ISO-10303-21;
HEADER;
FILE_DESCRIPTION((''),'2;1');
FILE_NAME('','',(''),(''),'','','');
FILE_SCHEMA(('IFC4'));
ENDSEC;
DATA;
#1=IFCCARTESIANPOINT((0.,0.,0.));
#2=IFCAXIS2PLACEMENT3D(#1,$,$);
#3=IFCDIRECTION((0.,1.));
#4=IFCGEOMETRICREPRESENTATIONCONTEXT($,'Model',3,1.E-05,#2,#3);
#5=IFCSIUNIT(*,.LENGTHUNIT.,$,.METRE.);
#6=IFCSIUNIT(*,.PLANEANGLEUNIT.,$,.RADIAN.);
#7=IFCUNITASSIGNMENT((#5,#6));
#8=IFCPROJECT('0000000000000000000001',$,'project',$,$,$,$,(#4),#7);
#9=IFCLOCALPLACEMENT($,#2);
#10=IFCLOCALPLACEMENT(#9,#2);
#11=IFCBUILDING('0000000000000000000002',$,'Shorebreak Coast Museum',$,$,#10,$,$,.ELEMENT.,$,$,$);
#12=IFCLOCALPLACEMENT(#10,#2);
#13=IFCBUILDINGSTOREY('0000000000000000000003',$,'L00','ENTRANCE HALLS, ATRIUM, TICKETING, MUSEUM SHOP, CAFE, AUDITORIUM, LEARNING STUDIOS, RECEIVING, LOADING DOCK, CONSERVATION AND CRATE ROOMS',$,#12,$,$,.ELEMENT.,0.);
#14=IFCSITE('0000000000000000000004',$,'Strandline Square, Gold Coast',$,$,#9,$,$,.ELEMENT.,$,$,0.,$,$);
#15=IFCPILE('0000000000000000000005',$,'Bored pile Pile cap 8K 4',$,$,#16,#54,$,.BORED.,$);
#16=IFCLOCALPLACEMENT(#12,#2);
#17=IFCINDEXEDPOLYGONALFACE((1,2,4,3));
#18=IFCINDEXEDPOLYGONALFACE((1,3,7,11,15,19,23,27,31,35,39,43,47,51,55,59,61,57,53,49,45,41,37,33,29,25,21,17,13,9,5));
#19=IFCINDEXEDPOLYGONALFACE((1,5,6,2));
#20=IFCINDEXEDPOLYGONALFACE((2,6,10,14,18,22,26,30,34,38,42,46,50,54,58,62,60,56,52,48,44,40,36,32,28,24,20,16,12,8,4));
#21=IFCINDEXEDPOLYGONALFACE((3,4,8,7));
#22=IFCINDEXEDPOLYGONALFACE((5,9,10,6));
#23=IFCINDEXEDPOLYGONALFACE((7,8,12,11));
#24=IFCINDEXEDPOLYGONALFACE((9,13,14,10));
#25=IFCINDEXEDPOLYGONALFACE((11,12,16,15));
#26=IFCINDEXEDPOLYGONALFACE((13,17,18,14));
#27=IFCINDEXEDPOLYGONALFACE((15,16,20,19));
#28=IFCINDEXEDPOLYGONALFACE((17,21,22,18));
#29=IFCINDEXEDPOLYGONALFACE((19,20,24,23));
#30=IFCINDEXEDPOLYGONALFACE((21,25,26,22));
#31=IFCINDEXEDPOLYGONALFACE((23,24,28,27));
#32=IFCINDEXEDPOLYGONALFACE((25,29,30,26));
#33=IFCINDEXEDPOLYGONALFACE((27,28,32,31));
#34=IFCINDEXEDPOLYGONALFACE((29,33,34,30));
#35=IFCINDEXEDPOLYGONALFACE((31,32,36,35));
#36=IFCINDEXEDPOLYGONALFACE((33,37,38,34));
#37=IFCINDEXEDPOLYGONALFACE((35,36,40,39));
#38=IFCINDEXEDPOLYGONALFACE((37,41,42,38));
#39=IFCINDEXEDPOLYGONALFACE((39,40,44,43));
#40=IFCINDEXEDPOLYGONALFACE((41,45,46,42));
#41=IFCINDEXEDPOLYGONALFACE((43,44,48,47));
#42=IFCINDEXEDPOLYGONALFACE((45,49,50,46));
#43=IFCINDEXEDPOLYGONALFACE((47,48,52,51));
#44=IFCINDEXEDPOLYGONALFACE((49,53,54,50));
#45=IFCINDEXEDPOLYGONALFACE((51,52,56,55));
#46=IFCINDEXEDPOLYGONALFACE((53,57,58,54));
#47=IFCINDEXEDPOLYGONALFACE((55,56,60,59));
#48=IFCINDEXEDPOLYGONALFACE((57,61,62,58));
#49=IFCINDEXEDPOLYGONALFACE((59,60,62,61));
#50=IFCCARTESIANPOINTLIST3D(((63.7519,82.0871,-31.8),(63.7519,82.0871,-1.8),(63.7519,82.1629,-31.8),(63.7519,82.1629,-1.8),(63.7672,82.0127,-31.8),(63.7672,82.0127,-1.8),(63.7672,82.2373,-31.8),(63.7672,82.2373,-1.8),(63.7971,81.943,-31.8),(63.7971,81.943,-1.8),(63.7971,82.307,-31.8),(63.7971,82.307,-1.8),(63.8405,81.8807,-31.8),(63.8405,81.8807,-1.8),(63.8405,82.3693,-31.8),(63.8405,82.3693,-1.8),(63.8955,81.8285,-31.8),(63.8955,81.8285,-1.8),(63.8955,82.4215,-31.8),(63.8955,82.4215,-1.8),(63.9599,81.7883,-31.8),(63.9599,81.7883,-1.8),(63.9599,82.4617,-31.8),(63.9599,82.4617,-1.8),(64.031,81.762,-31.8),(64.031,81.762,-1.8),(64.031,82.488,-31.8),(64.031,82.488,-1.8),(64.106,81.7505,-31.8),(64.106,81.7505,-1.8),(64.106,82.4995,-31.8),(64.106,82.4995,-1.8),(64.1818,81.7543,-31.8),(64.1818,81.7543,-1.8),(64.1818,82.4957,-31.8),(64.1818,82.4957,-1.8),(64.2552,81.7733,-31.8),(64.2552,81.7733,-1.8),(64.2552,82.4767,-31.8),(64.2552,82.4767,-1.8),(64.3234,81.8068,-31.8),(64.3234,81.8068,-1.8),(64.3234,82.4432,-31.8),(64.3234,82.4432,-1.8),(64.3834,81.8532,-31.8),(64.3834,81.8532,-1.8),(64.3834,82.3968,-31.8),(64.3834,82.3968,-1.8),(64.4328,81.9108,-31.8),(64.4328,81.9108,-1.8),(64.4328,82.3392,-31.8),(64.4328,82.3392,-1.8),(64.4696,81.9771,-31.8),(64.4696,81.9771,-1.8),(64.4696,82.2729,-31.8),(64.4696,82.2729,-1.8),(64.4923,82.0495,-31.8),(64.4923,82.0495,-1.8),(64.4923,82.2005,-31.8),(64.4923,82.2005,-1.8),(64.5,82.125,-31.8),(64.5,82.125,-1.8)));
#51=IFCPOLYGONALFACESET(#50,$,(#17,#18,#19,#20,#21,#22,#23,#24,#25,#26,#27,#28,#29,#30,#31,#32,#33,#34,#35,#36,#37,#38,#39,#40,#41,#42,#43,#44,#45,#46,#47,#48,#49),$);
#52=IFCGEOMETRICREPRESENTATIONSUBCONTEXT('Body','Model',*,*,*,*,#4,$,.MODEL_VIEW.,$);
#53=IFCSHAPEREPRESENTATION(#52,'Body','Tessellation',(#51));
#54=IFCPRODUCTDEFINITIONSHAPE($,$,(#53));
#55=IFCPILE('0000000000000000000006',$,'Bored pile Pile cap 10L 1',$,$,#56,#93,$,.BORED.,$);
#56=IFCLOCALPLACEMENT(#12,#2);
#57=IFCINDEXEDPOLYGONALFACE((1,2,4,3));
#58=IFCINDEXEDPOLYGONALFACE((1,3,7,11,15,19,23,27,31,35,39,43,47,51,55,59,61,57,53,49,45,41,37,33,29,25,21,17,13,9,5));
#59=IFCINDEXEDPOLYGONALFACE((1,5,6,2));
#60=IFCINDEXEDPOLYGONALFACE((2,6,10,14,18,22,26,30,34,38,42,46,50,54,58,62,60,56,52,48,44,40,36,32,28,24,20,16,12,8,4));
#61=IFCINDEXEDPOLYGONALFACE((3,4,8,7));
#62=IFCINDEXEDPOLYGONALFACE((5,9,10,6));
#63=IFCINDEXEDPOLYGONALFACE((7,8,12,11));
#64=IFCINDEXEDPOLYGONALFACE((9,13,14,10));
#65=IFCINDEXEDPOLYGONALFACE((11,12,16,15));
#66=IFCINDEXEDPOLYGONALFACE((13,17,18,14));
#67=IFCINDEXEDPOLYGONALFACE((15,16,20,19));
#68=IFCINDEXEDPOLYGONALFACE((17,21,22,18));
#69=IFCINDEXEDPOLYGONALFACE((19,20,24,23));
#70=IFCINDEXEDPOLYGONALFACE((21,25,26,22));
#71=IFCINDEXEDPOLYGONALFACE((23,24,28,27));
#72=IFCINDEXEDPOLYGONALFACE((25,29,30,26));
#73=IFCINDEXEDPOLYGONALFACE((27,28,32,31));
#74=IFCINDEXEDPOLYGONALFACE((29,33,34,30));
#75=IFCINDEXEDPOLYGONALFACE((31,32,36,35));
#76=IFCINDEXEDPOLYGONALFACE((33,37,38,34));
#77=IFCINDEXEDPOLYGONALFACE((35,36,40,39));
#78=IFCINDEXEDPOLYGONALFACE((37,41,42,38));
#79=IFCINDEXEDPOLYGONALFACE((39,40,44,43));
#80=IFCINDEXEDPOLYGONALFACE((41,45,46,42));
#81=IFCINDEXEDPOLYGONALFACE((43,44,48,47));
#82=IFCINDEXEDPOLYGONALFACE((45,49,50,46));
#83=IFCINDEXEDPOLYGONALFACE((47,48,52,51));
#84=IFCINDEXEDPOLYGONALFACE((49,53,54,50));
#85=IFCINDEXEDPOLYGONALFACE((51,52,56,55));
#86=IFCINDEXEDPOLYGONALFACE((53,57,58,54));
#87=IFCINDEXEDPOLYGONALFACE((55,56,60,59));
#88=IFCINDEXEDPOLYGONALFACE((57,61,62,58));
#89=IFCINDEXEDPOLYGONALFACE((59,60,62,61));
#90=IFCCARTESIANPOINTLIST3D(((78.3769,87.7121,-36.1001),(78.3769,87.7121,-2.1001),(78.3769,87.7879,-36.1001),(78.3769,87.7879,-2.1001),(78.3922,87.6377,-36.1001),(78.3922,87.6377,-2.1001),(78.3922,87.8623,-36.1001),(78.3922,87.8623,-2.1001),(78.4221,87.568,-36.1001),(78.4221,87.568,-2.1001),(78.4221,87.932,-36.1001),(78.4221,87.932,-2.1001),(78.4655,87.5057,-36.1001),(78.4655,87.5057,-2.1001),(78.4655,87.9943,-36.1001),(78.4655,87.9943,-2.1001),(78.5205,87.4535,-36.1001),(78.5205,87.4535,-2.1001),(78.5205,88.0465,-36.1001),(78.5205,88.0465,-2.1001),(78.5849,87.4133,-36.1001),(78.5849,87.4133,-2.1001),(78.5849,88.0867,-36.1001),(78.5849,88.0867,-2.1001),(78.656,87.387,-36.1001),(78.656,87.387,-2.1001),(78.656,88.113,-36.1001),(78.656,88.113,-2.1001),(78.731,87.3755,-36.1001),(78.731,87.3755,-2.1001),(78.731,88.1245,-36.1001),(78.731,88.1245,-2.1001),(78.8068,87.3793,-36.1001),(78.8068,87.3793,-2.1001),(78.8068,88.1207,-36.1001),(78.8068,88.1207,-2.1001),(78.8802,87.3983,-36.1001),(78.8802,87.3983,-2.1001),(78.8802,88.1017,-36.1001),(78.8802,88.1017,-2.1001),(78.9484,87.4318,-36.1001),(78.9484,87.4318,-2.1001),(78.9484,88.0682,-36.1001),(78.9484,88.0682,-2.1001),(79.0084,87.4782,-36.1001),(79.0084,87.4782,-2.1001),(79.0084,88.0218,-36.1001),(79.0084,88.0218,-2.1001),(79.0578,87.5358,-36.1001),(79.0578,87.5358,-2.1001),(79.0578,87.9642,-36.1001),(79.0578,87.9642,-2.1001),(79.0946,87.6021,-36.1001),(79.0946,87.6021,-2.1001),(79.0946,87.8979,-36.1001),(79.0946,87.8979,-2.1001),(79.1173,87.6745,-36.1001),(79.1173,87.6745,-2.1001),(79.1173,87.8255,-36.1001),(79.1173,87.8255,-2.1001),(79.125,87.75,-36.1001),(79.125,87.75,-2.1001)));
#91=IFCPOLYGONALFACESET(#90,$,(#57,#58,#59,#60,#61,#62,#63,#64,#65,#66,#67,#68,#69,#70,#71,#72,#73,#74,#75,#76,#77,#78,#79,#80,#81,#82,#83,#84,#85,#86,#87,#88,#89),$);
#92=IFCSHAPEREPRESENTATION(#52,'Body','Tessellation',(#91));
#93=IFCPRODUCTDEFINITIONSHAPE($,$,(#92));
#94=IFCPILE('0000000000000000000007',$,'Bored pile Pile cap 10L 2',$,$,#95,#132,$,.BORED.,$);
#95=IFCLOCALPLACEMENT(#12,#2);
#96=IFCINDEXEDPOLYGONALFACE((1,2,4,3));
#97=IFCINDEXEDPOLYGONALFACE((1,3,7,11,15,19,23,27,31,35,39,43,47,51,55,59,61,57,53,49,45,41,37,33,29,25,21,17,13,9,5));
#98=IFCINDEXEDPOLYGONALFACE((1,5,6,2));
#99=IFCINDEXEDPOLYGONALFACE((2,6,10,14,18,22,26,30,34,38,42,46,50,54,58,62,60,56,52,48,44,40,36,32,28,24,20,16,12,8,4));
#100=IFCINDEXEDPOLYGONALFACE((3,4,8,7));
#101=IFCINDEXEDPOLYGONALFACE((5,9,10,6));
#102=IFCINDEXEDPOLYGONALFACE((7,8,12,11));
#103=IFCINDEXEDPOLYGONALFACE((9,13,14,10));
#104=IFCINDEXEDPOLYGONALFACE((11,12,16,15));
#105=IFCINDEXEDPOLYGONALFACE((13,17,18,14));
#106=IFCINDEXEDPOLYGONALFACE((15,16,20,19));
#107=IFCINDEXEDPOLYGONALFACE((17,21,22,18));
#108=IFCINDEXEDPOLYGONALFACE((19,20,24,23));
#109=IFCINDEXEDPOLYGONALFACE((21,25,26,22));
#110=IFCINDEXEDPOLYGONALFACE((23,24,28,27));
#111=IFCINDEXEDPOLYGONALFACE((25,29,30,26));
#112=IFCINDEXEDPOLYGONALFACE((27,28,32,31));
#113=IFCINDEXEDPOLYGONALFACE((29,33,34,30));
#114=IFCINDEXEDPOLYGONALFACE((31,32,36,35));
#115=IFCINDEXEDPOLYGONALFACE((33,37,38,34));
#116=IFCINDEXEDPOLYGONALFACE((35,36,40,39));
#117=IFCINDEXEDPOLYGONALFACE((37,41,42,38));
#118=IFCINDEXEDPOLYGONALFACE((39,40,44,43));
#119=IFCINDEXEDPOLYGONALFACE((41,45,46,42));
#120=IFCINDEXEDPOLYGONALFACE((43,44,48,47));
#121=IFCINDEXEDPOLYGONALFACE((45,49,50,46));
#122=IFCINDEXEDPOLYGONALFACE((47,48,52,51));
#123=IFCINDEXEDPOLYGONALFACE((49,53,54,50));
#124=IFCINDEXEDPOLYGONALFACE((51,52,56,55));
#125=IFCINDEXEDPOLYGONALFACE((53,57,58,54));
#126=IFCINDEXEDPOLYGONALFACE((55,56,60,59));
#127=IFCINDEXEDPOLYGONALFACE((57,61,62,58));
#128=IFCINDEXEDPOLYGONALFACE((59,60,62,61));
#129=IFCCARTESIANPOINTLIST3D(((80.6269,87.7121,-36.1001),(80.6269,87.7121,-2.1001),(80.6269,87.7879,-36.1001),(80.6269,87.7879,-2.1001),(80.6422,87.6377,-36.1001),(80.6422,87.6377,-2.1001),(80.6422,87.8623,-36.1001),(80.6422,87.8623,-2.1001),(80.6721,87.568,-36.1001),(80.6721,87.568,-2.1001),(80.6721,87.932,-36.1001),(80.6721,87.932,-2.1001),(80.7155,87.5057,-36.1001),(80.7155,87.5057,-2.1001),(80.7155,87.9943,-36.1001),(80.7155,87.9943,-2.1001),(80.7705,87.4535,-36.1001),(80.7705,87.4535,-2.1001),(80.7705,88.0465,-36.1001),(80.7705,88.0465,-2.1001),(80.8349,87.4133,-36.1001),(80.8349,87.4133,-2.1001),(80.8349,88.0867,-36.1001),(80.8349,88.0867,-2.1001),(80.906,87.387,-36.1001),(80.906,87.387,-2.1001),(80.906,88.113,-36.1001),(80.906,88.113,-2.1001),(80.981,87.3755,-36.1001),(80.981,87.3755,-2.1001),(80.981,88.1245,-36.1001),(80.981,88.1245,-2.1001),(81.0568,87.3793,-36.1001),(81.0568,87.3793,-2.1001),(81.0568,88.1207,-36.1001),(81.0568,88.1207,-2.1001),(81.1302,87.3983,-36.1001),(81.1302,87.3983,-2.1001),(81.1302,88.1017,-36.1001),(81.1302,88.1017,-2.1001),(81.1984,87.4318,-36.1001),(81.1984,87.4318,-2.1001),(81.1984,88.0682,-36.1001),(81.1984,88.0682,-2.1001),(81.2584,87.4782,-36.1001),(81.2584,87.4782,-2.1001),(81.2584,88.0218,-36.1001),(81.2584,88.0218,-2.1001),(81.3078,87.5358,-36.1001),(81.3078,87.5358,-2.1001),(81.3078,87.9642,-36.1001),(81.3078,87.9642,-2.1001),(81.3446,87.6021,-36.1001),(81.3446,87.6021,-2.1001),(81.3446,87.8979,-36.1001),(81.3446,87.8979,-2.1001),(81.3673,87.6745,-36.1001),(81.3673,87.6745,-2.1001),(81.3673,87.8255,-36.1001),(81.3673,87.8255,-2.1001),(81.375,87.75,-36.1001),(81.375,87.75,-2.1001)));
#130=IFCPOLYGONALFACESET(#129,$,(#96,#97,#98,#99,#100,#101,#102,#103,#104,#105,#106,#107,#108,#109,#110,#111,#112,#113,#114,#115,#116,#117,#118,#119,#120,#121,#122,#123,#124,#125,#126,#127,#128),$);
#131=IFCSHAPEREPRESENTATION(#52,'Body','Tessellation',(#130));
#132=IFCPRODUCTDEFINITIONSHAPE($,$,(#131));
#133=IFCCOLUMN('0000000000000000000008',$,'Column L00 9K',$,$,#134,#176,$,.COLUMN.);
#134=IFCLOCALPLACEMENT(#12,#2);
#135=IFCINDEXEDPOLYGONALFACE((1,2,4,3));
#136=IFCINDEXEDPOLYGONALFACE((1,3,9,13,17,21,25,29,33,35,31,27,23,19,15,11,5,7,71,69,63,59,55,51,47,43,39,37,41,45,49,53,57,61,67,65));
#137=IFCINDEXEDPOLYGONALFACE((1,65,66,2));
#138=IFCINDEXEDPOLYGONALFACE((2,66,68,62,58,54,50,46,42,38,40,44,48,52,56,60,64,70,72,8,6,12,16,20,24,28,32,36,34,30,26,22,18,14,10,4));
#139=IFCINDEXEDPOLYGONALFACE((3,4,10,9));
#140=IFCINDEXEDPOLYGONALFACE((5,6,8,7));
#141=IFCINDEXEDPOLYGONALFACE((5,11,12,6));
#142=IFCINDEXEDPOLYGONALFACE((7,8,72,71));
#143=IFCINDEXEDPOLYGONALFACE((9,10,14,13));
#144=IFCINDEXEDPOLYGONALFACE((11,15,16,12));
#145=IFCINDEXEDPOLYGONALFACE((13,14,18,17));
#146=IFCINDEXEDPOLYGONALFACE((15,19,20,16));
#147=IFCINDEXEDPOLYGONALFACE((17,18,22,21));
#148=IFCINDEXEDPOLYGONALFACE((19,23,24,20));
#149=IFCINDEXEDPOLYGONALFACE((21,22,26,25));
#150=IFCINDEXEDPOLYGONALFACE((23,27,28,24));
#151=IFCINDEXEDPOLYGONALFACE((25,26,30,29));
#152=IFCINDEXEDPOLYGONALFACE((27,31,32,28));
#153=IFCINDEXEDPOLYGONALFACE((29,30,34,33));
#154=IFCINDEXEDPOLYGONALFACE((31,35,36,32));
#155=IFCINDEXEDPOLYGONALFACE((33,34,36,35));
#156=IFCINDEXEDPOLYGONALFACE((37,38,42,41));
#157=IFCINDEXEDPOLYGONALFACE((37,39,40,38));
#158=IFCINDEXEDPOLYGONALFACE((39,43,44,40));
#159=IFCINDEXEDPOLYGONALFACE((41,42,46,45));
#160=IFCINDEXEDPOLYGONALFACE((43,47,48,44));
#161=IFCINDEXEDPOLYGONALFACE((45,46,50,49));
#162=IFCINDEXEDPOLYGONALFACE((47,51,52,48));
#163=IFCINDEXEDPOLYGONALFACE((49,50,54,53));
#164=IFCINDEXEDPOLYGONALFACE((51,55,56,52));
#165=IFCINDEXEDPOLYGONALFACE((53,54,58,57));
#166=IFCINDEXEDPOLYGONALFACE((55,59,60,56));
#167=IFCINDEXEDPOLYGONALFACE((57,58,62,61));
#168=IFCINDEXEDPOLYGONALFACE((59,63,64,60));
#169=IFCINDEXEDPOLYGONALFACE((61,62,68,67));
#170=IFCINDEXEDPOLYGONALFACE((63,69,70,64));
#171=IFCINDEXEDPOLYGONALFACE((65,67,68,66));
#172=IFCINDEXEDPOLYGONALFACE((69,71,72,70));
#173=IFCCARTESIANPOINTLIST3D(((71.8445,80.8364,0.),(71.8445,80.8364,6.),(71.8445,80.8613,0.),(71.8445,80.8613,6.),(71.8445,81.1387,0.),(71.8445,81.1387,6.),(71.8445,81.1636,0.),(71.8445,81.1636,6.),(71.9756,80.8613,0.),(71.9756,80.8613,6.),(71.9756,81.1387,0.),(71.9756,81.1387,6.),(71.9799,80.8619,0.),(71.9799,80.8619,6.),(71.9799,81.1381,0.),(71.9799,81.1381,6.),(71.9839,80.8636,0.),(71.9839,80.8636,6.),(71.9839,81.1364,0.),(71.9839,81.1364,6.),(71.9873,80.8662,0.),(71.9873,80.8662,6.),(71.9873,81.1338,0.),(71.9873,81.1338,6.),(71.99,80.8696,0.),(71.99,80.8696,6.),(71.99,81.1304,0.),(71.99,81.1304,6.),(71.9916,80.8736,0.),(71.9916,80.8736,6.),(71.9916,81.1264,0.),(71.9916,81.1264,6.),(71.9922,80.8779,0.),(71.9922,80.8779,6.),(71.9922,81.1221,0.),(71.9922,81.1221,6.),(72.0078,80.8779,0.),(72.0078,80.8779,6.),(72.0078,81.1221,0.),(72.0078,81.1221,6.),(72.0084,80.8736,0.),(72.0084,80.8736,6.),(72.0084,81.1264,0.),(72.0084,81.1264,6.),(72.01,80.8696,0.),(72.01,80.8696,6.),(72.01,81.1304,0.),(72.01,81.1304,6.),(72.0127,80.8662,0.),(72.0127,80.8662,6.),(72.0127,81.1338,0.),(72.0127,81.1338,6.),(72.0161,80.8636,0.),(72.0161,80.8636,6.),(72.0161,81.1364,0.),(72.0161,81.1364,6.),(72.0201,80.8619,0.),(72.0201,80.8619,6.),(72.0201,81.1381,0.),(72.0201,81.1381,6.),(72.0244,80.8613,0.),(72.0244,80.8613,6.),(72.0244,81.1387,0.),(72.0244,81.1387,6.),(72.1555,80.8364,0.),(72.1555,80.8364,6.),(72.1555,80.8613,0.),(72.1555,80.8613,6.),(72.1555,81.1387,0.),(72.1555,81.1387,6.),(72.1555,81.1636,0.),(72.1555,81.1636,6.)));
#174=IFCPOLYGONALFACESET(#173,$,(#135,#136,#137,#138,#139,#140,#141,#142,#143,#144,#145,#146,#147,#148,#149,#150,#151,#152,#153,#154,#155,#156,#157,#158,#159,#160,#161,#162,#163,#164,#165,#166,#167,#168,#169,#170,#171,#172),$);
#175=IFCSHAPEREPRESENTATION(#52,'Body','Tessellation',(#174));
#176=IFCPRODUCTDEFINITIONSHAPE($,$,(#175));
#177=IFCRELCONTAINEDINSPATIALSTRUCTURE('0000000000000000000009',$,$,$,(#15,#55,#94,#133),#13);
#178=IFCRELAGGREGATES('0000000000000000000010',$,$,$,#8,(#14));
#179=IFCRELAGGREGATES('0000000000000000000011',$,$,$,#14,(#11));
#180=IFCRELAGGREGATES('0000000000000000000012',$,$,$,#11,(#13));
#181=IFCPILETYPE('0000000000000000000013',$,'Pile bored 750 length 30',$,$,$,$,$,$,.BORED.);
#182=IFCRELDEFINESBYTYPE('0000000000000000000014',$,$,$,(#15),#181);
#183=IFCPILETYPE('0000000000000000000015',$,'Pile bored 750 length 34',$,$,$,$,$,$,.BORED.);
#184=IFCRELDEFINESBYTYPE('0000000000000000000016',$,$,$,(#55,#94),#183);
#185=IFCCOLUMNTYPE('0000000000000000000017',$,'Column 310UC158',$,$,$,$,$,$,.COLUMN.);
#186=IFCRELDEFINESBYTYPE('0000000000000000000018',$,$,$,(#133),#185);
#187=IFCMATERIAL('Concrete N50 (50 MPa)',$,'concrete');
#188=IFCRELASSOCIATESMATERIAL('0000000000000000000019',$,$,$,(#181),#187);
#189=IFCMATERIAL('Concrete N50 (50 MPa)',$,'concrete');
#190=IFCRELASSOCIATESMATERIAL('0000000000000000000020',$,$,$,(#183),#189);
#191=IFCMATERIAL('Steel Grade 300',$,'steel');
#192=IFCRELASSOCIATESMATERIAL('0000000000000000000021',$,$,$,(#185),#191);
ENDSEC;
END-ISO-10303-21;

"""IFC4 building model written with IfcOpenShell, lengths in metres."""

from ifc_helpers import new_model, si_unit, direction, frame, origin, origin_2d, place, context, subcontext, project, spatial, circle, i_section, extrude, material, material_profile, profile_set, type_object, element, save


model = new_model("IFC4")

# Units and contexts
model_context = context("Model", 3, precision=1e-05, world=origin(), true_north=direction((0.0, 1.0)))
body_context = subcontext(model_context, "Body", "Model", "MODEL_VIEW")
ifc_project = project(units=[si_unit("LENGTHUNIT", "METRE"), si_unit("PLANEANGLEUNIT", "RADIAN")], contexts=[model_context])

# Site, building, storey
site_placement = place(None, origin())
site = spatial("IfcSite", under=ifc_project, at=site_placement, Name="Strandline Square, Gold Coast", CompositionType="ELEMENT", RefElevation=0.0)
building_placement = place(site_placement, origin())
building = spatial("IfcBuilding", under=site, at=building_placement, Name="Shorebreak Coast Museum", CompositionType="ELEMENT")
storey_placement = place(building_placement, origin())
storey = spatial("IfcBuildingStorey", under=building, at=storey_placement, Name="L00", Description="ENTRANCE HALLS, ATRIUM, TICKETING, MUSEUM SHOP, CAFE, AUDITORIUM, LEARNING STUDIOS, RECEIVING, LOADING DOCK, CONSERVATION AND CRATE ROOMS", CompositionType="ELEMENT", Elevation=0.0)

# Piles
ifc_material_1 = material(Name="Concrete N50 (50 MPa)", Category="concrete")
ifc_material_profile_1 = material_profile(ifc_material_1, circle(Radius=0.375, at=origin_2d()), Name="Pile bored 750 length 30")
ifc_profile_set_1 = profile_set([ifc_material_profile_1], Name="Concrete N50 (50 MPa)")
pile_type_1 = type_object("IfcPileType", Name="Pile bored 750 length 30", PredefinedType="BORED", material=ifc_profile_set_1)
pile_placement = place(storey_placement, frame((64.125, 82.125, -1.8), z_axis=(0.0, 0.0, -1.0), x_axis=(1.0, 0.0, 0.0)))
element("IfcPile", 1, at=pile_placement, inside=storey, type_object=pile_type_1, Name="Bored pile Pile cap 8K 4", PredefinedType="BORED", context=body_context, shape_type="SweptSolid", body=[
    extrude(circle(Radius=0.375, at=origin_2d()), origin(), (0.0, 0.0, 1.0), 30.0),
])
ifc_material_2 = material(Name="Concrete N50 (50 MPa)", Category="concrete")
ifc_material_profile_2 = material_profile(ifc_material_2, circle(Radius=0.375, at=origin_2d()), Name="Pile bored 750 length 34")
ifc_profile_set_2 = profile_set([ifc_material_profile_2], Name="Concrete N50 (50 MPa)")
pile_type_2 = type_object("IfcPileType", Name="Pile bored 750 length 34", PredefinedType="BORED", material=ifc_profile_set_2)
for number, where, z_axis, x_axis, name in (
    (2, (78.75, 87.75, -2.1001), (0.0, 0.0, -1.0), (1.0, 0.0, 0.0), "Bored pile Pile cap 10L 1"),
    (3, (81.0, 87.75, -2.1001), (0.0, 0.0, -1.0), (1.0, 0.0, 0.0), "Bored pile Pile cap 10L 2"),
):
    element("IfcPile", number, at=place(storey_placement, frame(where, z_axis=z_axis, x_axis=x_axis)), inside=storey, type_object=pile_type_2, Name=name, PredefinedType="BORED", context=body_context, shape_type="SweptSolid", body=[
        extrude(circle(Radius=0.375, at=origin_2d()), origin(), (0.0, 0.0, 1.0), 34.0),
    ])

# Column
ifc_material_3 = material(Name="Steel Grade 300", Category="steel")
ifc_material_profile_3 = material_profile(ifc_material_3, i_section(OverallWidth=0.311, OverallDepth=0.3271, WebThickness=0.0156, FlangeThickness=0.0249, FilletRadius=0.0166, at=origin_2d()), Name="310UC158")
ifc_profile_set_3 = profile_set([ifc_material_profile_3], Name="Steel Grade 300")
column_type = type_object("IfcColumnType", Name="Column 310UC158", PredefinedType="COLUMN", material=ifc_profile_set_3)
for number, where, z_axis, x_axis, name in (
    (4, (72.0, 81.0, 0.0), (0.0, 0.0, 1.0), (1.0, 0.0, 0.0), "Column L00 9K"),
):
    element("IfcColumn", number, at=place(storey_placement, frame(where, z_axis=z_axis, x_axis=x_axis)), inside=storey, type_object=column_type, Name=name, PredefinedType="COLUMN", context=body_context, shape_type="SweptSolid", body=[
        extrude(i_section(OverallWidth=0.311, OverallDepth=0.3271, WebThickness=0.0156, FlangeThickness=0.0249, FilletRadius=0.0166, at=origin_2d()), origin(), (0.0, 0.0, 1.0), 6.0),
    ])

save(model, "model.ifc")
